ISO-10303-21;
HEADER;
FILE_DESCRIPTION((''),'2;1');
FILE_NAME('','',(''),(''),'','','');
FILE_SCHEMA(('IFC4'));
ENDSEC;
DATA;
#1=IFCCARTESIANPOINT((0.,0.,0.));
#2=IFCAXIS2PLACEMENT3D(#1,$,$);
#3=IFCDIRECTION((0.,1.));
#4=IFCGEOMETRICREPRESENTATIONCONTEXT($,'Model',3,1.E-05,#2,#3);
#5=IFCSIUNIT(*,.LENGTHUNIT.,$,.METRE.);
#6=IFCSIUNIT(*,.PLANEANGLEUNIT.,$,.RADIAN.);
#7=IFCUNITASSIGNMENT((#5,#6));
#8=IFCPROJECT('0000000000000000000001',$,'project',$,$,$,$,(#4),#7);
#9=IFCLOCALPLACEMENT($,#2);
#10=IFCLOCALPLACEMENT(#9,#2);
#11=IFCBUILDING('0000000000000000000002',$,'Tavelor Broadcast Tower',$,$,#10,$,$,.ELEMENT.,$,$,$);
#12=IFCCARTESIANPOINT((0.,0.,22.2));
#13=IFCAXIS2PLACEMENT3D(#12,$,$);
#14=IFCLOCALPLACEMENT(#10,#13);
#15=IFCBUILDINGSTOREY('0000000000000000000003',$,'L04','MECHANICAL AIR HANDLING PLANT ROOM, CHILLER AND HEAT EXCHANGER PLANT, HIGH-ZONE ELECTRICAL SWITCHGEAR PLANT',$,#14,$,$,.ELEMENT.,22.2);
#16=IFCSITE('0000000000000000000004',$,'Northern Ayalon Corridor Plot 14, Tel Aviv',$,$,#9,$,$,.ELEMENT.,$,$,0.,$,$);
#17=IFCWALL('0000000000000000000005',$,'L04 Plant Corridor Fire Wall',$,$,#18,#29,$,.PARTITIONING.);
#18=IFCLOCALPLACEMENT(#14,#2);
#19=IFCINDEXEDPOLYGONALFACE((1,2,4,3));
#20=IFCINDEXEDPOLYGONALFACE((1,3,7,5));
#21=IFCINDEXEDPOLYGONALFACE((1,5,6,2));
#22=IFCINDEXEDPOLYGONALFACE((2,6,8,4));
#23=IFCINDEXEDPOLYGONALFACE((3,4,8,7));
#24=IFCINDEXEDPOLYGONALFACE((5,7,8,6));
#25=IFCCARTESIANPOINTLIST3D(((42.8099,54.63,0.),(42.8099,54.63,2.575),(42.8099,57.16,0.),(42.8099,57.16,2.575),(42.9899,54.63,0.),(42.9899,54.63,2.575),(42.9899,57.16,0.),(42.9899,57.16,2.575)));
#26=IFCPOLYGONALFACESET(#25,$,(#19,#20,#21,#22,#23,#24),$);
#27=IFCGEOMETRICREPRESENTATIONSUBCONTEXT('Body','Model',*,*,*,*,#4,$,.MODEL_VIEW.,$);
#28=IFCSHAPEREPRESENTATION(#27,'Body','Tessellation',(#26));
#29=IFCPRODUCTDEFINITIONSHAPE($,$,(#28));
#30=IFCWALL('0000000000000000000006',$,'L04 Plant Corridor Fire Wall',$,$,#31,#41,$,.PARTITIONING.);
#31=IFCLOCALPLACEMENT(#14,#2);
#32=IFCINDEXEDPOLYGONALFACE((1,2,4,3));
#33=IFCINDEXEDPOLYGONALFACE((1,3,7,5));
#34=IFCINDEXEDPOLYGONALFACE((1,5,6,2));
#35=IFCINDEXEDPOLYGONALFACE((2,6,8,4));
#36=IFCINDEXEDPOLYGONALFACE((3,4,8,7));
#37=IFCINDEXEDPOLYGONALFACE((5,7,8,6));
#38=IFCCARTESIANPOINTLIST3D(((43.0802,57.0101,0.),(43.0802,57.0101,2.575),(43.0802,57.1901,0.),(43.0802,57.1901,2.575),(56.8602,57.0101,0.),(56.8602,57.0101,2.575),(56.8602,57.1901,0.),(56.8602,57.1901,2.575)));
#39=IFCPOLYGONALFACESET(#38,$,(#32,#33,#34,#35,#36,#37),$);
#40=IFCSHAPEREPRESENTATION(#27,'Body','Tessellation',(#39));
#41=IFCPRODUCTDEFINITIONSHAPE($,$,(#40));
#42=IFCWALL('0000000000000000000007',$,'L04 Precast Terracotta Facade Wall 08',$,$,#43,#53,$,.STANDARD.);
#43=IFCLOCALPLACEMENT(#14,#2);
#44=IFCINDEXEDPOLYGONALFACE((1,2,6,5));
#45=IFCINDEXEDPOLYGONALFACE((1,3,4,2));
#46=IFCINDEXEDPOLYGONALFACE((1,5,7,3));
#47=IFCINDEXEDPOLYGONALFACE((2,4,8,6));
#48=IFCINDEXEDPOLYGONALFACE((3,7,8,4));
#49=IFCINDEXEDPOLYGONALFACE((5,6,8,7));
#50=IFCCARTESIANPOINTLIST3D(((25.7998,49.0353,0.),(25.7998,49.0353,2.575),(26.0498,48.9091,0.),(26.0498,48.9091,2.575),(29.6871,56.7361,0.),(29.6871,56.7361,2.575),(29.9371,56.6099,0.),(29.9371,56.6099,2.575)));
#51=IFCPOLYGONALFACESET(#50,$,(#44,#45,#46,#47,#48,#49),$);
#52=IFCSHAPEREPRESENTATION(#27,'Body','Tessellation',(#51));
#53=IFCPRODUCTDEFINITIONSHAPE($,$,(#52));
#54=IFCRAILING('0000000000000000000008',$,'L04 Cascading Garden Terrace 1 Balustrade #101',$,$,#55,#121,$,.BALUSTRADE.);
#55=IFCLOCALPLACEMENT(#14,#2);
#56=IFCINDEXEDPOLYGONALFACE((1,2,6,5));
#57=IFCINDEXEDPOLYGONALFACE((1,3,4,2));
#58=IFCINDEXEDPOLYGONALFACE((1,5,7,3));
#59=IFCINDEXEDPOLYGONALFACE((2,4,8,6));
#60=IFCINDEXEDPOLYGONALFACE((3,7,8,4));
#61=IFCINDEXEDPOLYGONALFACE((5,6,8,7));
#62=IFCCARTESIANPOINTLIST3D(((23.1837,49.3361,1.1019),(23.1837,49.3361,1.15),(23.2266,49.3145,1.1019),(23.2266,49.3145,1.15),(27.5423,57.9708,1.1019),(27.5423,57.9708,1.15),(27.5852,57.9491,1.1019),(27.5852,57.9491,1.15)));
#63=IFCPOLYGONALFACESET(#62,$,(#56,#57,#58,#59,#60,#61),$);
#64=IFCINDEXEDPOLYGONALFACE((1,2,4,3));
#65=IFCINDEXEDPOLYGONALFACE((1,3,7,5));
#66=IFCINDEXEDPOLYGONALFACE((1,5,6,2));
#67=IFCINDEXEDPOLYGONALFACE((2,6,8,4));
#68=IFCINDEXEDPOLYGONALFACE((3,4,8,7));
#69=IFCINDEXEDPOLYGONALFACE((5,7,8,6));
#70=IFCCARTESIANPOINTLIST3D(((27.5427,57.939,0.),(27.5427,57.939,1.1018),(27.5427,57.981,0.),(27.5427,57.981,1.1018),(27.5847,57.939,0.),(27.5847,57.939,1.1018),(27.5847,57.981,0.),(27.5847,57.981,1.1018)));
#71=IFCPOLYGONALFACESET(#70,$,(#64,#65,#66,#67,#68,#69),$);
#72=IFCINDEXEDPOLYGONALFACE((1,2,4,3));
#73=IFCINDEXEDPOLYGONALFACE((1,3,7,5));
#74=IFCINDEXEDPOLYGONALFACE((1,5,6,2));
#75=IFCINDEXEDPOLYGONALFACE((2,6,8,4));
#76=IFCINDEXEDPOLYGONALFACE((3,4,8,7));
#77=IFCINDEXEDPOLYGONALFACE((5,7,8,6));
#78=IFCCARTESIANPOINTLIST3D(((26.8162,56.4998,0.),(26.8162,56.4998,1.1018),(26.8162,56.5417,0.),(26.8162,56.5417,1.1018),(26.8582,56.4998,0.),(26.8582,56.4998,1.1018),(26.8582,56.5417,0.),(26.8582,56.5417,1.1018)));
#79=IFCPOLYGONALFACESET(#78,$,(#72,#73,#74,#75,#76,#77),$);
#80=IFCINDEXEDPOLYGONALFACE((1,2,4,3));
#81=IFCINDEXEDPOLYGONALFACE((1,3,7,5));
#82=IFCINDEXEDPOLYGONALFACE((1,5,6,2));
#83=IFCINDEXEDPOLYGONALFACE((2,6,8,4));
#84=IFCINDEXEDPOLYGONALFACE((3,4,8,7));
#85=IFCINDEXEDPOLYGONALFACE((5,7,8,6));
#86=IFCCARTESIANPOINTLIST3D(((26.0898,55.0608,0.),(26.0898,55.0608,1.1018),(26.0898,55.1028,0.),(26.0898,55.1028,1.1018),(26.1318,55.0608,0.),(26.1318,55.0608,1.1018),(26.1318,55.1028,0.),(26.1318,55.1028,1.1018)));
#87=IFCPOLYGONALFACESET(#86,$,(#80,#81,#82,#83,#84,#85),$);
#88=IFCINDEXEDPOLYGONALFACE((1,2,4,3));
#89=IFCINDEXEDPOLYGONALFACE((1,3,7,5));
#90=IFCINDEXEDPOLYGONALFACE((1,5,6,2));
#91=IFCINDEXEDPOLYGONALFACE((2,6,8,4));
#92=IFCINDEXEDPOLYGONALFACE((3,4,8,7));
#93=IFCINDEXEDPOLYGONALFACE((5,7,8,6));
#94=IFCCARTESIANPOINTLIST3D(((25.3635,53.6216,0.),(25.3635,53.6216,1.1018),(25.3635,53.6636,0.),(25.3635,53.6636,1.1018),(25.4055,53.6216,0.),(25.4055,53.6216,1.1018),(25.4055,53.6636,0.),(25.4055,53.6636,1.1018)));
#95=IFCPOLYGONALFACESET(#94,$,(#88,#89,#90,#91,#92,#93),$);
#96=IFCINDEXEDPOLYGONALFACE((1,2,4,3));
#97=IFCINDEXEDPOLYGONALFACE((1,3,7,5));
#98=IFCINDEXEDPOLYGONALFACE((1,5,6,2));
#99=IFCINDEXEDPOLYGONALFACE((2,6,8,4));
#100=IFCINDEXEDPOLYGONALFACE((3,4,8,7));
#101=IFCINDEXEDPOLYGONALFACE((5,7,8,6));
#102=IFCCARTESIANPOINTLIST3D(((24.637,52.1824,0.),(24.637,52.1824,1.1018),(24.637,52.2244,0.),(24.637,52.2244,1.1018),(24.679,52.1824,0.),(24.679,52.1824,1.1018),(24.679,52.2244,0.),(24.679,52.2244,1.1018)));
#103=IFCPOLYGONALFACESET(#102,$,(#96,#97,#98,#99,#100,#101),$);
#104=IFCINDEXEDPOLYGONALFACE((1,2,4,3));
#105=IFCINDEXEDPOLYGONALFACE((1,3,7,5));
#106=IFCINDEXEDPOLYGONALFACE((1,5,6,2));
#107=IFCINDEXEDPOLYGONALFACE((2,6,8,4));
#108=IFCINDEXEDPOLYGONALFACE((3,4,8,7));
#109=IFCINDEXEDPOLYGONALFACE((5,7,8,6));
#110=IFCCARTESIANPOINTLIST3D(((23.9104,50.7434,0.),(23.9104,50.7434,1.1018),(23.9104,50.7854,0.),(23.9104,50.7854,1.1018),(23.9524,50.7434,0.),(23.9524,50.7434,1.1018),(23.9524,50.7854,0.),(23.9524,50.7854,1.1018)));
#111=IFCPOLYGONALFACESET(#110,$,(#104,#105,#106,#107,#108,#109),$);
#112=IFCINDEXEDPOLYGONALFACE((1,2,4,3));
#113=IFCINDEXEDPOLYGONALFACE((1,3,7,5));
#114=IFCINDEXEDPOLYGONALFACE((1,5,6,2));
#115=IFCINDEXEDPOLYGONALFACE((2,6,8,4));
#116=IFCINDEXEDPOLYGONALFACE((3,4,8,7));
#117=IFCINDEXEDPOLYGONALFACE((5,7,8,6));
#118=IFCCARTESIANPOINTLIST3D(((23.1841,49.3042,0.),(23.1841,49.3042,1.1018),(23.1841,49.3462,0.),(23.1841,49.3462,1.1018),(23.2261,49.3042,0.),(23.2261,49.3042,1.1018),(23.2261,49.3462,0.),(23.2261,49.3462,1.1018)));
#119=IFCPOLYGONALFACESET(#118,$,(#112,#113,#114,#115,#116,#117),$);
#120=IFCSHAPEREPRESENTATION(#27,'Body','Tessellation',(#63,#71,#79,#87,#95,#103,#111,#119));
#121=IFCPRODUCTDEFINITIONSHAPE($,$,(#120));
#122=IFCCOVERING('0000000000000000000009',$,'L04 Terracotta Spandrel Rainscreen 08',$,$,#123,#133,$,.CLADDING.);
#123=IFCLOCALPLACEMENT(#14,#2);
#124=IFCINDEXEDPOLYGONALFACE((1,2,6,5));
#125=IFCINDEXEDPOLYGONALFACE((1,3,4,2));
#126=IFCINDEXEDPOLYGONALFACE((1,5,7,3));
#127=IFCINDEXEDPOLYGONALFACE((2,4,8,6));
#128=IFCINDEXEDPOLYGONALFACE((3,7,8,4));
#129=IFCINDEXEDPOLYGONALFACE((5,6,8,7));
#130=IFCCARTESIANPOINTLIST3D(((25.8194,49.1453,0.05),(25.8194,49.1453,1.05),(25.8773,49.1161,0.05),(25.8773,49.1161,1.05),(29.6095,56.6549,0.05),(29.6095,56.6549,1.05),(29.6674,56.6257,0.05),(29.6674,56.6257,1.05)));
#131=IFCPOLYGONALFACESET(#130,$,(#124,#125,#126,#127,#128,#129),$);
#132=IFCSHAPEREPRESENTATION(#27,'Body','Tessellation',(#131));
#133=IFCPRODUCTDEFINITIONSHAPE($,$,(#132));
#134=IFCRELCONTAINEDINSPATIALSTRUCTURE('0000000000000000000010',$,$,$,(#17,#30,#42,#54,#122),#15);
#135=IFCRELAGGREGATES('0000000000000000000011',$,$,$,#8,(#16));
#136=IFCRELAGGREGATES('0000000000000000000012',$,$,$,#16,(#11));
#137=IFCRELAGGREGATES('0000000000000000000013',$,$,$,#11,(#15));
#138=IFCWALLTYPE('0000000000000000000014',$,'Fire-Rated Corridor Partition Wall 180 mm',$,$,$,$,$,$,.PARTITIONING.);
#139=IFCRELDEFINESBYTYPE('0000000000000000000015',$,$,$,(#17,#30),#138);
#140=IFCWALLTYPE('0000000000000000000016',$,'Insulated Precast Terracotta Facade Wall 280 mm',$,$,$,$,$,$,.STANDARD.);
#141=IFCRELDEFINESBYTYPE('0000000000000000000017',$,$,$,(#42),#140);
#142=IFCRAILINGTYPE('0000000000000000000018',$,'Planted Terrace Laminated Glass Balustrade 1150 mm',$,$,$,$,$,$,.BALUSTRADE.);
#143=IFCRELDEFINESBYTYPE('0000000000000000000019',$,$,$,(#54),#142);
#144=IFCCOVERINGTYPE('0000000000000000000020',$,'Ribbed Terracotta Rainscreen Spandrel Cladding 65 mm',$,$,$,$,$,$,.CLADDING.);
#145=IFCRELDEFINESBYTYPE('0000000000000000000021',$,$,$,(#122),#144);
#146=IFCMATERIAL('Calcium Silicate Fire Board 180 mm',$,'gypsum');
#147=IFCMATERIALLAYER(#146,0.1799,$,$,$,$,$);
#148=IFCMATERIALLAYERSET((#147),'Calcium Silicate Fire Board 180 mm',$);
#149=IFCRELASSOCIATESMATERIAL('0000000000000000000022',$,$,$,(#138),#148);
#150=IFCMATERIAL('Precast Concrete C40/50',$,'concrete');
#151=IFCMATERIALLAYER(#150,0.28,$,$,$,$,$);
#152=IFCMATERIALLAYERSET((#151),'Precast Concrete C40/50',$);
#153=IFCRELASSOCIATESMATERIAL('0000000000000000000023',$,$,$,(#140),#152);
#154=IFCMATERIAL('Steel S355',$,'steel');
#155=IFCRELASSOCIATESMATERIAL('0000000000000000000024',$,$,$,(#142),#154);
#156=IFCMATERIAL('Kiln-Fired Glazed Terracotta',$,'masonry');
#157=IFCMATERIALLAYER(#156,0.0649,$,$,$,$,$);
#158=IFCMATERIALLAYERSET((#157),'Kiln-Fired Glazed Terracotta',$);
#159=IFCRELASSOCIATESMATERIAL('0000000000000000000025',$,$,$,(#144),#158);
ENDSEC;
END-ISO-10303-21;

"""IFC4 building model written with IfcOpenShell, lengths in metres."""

from ifc_helpers import new_model, si_unit, direction, frame, frame_2d, origin, origin_2d, place, context, subcontext, project, spatial, rectangle, extrude, material, layer, layer_set, type_object, element, save


model = new_model("IFC4")

# Units and contexts
model_context = context("Model", 3, precision=1e-05, world=origin(), true_north=direction((0.0, 1.0)))
body_context = subcontext(model_context, "Body", "Model", "MODEL_VIEW")
ifc_project = project(units=[si_unit("LENGTHUNIT", "METRE"), si_unit("PLANEANGLEUNIT", "RADIAN")], contexts=[model_context])

# Site, building, storey
site_placement = place(None, origin())
site = spatial("IfcSite", under=ifc_project, at=site_placement, Name="Northern Ayalon Corridor Plot 14, Tel Aviv", CompositionType="ELEMENT", RefElevation=0.0)
building_placement = place(site_placement, origin())
building = spatial("IfcBuilding", under=site, at=building_placement, Name="Tavelor Broadcast Tower", CompositionType="ELEMENT")
storey_placement = place(building_placement, frame((0.0, 0.0, 22.2)))
storey = spatial("IfcBuildingStorey", under=building, at=storey_placement, Name="L04", Description="MECHANICAL AIR HANDLING PLANT ROOM, CHILLER AND HEAT EXCHANGER PLANT, HIGH-ZONE ELECTRICAL SWITCHGEAR PLANT", CompositionType="ELEMENT", Elevation=22.2)

# Shared definitions
ifc_material_1 = material(Name="Calcium Silicate Fire Board 180 mm", Category="gypsum")
ifc_layer_1 = layer(ifc_material_1, 0.1799)
ifc_layer_set_1 = layer_set([ifc_layer_1], Name="Calcium Silicate Fire Board 180 mm")
wall_type_1 = type_object("IfcWallType", Name="Fire-Rated Corridor Partition Wall 180 mm", PredefinedType="PARTITIONING", material=ifc_layer_set_1)
ifc_material_2 = material(Name="Steel S355", Category="steel")

# Walls
wall_1_placement = place(storey_placement, frame((42.8999, 54.6299, 0.0), z_axis=(0.0, 0.0, 1.0), x_axis=(0.0, 1.0, 0.0)))
element("IfcWall", 1, at=wall_1_placement, inside=storey, type_object=wall_type_1, Name="L04 Plant Corridor Fire Wall", PredefinedType="PARTITIONING", context=body_context, shape_type="SweptSolid", body=[
    extrude(rectangle(XDim=2.53, YDim=0.1799, at=frame_2d((1.2651, 0.0))), origin(), (0.0, 0.0, 1.0), 2.575),
])
wall_2_placement = place(storey_placement, frame((43.0801, 57.1001, 0.0), z_axis=(0.0, 0.0, 1.0), x_axis=(1.0, 0.0, 0.0)))
element("IfcWall", 2, at=wall_2_placement, inside=storey, type_object=wall_type_1, Name="L04 Plant Corridor Fire Wall", PredefinedType="PARTITIONING", context=body_context, shape_type="SweptSolid", body=[
    extrude(rectangle(XDim=13.78, YDim=0.1799, at=frame_2d((6.8901, 0.0))), origin(), (0.0, 0.0, 1.0), 2.575),
])
ifc_material_3 = material(Name="Precast Concrete C40/50", Category="concrete")
ifc_layer_2 = layer(ifc_material_3, 0.28)
ifc_layer_set_2 = layer_set([ifc_layer_2], Name="Precast Concrete C40/50")
wall_type_2 = type_object("IfcWallType", Name="Insulated Precast Terracotta Facade Wall 280 mm", PredefinedType="STANDARD", material=ifc_layer_set_2)
wall_3_placement = place(storey_placement, frame((29.812, 56.6729, 0.0), z_axis=(0.0, 0.0, 1.0), x_axis=(-0.450629, -0.892711, 0.0)))
element("IfcWall", 3, at=wall_3_placement, inside=storey, type_object=wall_type_2, Name="L04 Precast Terracotta Facade Wall 08", PredefinedType="STANDARD", context=body_context, shape_type="SweptSolid", body=[
    extrude(rectangle(XDim=8.6262, YDim=0.28, at=frame_2d((4.313, 0.0))), origin(), (0.0, 0.0, 1.0), 2.575),
])

# Railing
railing_type = type_object("IfcRailingType", Name="Planted Terrace Laminated Glass Balustrade 1150 mm", PredefinedType="BALUSTRADE", material=ifc_material_2)
railing_placement = place(storey_placement, frame((27.5637, 57.96, 0.0)))
element("IfcRailing", 4, at=railing_placement, inside=storey, type_object=railing_type, Name="L04 Cascading Garden Terrace 1 Balustrade #101", PredefinedType="BALUSTRADE", context=body_context, shape_type="SweptSolid", body=[
    extrude(rectangle(XDim=0.0481, YDim=0.0481, at=origin_2d()), frame((0.0, 0.0, 1.126), z_axis=(-0.450623, -0.892714, 0.0), x_axis=(0.892714, -0.450623, 0.0)), (0.0, 0.0, 1.0), 9.6724),
    extrude(rectangle(XDim=0.042, YDim=0.042, at=origin_2d()), origin(), (0.0, 0.0, 1.0), 1.1018),
    extrude(rectangle(XDim=0.042, YDim=0.042, at=origin_2d()), frame((-0.7266, -1.4392, 0.0)), (0.0, 0.0, 1.0), 1.1018),
    extrude(rectangle(XDim=0.042, YDim=0.042, at=origin_2d()), frame((-1.4529, -2.8782, 0.0)), (0.0, 0.0, 1.0), 1.1018),
    extrude(rectangle(XDim=0.042, YDim=0.042, at=origin_2d()), frame((-2.1792, -4.3174, 0.0)), (0.0, 0.0, 1.0), 1.1018),
    extrude(rectangle(XDim=0.042, YDim=0.042, at=origin_2d()), frame((-2.9058, -5.7566, 0.0)), (0.0, 0.0, 1.0), 1.1018),
    extrude(rectangle(XDim=0.042, YDim=0.042, at=origin_2d()), frame((-3.6323, -7.1956, 0.0)), (0.0, 0.0, 1.0), 1.1018),
    extrude(rectangle(XDim=0.042, YDim=0.042, at=origin_2d()), frame((-4.3586, -8.6348, 0.0)), (0.0, 0.0, 1.0), 1.1018),
])

# Covering
ifc_material_4 = material(Name="Kiln-Fired Glazed Terracotta", Category="masonry")
ifc_layer_3 = layer(ifc_material_4, 0.0649)
ifc_layer_set_3 = layer_set([ifc_layer_3], Name="Kiln-Fired Glazed Terracotta")
covering_type = type_object("IfcCoveringType", Name="Ribbed Terracotta Rainscreen Spandrel Cladding 65 mm", PredefinedType="CLADDING", material=ifc_layer_set_3)
covering_placement = place(storey_placement, frame((27.7434, 52.8855, 0.05), z_axis=(0.0, 0.0, 1.0), x_axis=(-0.450566, -0.892743, 0.0)))
element("IfcCovering", 5, at=covering_placement, inside=storey, type_object=covering_type, Name="L04 Terracotta Spandrel Rainscreen 08", PredefinedType="CLADDING", context=body_context, shape_type="SweptSolid", body=[
    extrude(rectangle(XDim=8.4119, YDim=0.0649, at=origin_2d()), origin(), (0.0, 0.0, 1.0), 1.0),
])

save(model, "model.ifc")
